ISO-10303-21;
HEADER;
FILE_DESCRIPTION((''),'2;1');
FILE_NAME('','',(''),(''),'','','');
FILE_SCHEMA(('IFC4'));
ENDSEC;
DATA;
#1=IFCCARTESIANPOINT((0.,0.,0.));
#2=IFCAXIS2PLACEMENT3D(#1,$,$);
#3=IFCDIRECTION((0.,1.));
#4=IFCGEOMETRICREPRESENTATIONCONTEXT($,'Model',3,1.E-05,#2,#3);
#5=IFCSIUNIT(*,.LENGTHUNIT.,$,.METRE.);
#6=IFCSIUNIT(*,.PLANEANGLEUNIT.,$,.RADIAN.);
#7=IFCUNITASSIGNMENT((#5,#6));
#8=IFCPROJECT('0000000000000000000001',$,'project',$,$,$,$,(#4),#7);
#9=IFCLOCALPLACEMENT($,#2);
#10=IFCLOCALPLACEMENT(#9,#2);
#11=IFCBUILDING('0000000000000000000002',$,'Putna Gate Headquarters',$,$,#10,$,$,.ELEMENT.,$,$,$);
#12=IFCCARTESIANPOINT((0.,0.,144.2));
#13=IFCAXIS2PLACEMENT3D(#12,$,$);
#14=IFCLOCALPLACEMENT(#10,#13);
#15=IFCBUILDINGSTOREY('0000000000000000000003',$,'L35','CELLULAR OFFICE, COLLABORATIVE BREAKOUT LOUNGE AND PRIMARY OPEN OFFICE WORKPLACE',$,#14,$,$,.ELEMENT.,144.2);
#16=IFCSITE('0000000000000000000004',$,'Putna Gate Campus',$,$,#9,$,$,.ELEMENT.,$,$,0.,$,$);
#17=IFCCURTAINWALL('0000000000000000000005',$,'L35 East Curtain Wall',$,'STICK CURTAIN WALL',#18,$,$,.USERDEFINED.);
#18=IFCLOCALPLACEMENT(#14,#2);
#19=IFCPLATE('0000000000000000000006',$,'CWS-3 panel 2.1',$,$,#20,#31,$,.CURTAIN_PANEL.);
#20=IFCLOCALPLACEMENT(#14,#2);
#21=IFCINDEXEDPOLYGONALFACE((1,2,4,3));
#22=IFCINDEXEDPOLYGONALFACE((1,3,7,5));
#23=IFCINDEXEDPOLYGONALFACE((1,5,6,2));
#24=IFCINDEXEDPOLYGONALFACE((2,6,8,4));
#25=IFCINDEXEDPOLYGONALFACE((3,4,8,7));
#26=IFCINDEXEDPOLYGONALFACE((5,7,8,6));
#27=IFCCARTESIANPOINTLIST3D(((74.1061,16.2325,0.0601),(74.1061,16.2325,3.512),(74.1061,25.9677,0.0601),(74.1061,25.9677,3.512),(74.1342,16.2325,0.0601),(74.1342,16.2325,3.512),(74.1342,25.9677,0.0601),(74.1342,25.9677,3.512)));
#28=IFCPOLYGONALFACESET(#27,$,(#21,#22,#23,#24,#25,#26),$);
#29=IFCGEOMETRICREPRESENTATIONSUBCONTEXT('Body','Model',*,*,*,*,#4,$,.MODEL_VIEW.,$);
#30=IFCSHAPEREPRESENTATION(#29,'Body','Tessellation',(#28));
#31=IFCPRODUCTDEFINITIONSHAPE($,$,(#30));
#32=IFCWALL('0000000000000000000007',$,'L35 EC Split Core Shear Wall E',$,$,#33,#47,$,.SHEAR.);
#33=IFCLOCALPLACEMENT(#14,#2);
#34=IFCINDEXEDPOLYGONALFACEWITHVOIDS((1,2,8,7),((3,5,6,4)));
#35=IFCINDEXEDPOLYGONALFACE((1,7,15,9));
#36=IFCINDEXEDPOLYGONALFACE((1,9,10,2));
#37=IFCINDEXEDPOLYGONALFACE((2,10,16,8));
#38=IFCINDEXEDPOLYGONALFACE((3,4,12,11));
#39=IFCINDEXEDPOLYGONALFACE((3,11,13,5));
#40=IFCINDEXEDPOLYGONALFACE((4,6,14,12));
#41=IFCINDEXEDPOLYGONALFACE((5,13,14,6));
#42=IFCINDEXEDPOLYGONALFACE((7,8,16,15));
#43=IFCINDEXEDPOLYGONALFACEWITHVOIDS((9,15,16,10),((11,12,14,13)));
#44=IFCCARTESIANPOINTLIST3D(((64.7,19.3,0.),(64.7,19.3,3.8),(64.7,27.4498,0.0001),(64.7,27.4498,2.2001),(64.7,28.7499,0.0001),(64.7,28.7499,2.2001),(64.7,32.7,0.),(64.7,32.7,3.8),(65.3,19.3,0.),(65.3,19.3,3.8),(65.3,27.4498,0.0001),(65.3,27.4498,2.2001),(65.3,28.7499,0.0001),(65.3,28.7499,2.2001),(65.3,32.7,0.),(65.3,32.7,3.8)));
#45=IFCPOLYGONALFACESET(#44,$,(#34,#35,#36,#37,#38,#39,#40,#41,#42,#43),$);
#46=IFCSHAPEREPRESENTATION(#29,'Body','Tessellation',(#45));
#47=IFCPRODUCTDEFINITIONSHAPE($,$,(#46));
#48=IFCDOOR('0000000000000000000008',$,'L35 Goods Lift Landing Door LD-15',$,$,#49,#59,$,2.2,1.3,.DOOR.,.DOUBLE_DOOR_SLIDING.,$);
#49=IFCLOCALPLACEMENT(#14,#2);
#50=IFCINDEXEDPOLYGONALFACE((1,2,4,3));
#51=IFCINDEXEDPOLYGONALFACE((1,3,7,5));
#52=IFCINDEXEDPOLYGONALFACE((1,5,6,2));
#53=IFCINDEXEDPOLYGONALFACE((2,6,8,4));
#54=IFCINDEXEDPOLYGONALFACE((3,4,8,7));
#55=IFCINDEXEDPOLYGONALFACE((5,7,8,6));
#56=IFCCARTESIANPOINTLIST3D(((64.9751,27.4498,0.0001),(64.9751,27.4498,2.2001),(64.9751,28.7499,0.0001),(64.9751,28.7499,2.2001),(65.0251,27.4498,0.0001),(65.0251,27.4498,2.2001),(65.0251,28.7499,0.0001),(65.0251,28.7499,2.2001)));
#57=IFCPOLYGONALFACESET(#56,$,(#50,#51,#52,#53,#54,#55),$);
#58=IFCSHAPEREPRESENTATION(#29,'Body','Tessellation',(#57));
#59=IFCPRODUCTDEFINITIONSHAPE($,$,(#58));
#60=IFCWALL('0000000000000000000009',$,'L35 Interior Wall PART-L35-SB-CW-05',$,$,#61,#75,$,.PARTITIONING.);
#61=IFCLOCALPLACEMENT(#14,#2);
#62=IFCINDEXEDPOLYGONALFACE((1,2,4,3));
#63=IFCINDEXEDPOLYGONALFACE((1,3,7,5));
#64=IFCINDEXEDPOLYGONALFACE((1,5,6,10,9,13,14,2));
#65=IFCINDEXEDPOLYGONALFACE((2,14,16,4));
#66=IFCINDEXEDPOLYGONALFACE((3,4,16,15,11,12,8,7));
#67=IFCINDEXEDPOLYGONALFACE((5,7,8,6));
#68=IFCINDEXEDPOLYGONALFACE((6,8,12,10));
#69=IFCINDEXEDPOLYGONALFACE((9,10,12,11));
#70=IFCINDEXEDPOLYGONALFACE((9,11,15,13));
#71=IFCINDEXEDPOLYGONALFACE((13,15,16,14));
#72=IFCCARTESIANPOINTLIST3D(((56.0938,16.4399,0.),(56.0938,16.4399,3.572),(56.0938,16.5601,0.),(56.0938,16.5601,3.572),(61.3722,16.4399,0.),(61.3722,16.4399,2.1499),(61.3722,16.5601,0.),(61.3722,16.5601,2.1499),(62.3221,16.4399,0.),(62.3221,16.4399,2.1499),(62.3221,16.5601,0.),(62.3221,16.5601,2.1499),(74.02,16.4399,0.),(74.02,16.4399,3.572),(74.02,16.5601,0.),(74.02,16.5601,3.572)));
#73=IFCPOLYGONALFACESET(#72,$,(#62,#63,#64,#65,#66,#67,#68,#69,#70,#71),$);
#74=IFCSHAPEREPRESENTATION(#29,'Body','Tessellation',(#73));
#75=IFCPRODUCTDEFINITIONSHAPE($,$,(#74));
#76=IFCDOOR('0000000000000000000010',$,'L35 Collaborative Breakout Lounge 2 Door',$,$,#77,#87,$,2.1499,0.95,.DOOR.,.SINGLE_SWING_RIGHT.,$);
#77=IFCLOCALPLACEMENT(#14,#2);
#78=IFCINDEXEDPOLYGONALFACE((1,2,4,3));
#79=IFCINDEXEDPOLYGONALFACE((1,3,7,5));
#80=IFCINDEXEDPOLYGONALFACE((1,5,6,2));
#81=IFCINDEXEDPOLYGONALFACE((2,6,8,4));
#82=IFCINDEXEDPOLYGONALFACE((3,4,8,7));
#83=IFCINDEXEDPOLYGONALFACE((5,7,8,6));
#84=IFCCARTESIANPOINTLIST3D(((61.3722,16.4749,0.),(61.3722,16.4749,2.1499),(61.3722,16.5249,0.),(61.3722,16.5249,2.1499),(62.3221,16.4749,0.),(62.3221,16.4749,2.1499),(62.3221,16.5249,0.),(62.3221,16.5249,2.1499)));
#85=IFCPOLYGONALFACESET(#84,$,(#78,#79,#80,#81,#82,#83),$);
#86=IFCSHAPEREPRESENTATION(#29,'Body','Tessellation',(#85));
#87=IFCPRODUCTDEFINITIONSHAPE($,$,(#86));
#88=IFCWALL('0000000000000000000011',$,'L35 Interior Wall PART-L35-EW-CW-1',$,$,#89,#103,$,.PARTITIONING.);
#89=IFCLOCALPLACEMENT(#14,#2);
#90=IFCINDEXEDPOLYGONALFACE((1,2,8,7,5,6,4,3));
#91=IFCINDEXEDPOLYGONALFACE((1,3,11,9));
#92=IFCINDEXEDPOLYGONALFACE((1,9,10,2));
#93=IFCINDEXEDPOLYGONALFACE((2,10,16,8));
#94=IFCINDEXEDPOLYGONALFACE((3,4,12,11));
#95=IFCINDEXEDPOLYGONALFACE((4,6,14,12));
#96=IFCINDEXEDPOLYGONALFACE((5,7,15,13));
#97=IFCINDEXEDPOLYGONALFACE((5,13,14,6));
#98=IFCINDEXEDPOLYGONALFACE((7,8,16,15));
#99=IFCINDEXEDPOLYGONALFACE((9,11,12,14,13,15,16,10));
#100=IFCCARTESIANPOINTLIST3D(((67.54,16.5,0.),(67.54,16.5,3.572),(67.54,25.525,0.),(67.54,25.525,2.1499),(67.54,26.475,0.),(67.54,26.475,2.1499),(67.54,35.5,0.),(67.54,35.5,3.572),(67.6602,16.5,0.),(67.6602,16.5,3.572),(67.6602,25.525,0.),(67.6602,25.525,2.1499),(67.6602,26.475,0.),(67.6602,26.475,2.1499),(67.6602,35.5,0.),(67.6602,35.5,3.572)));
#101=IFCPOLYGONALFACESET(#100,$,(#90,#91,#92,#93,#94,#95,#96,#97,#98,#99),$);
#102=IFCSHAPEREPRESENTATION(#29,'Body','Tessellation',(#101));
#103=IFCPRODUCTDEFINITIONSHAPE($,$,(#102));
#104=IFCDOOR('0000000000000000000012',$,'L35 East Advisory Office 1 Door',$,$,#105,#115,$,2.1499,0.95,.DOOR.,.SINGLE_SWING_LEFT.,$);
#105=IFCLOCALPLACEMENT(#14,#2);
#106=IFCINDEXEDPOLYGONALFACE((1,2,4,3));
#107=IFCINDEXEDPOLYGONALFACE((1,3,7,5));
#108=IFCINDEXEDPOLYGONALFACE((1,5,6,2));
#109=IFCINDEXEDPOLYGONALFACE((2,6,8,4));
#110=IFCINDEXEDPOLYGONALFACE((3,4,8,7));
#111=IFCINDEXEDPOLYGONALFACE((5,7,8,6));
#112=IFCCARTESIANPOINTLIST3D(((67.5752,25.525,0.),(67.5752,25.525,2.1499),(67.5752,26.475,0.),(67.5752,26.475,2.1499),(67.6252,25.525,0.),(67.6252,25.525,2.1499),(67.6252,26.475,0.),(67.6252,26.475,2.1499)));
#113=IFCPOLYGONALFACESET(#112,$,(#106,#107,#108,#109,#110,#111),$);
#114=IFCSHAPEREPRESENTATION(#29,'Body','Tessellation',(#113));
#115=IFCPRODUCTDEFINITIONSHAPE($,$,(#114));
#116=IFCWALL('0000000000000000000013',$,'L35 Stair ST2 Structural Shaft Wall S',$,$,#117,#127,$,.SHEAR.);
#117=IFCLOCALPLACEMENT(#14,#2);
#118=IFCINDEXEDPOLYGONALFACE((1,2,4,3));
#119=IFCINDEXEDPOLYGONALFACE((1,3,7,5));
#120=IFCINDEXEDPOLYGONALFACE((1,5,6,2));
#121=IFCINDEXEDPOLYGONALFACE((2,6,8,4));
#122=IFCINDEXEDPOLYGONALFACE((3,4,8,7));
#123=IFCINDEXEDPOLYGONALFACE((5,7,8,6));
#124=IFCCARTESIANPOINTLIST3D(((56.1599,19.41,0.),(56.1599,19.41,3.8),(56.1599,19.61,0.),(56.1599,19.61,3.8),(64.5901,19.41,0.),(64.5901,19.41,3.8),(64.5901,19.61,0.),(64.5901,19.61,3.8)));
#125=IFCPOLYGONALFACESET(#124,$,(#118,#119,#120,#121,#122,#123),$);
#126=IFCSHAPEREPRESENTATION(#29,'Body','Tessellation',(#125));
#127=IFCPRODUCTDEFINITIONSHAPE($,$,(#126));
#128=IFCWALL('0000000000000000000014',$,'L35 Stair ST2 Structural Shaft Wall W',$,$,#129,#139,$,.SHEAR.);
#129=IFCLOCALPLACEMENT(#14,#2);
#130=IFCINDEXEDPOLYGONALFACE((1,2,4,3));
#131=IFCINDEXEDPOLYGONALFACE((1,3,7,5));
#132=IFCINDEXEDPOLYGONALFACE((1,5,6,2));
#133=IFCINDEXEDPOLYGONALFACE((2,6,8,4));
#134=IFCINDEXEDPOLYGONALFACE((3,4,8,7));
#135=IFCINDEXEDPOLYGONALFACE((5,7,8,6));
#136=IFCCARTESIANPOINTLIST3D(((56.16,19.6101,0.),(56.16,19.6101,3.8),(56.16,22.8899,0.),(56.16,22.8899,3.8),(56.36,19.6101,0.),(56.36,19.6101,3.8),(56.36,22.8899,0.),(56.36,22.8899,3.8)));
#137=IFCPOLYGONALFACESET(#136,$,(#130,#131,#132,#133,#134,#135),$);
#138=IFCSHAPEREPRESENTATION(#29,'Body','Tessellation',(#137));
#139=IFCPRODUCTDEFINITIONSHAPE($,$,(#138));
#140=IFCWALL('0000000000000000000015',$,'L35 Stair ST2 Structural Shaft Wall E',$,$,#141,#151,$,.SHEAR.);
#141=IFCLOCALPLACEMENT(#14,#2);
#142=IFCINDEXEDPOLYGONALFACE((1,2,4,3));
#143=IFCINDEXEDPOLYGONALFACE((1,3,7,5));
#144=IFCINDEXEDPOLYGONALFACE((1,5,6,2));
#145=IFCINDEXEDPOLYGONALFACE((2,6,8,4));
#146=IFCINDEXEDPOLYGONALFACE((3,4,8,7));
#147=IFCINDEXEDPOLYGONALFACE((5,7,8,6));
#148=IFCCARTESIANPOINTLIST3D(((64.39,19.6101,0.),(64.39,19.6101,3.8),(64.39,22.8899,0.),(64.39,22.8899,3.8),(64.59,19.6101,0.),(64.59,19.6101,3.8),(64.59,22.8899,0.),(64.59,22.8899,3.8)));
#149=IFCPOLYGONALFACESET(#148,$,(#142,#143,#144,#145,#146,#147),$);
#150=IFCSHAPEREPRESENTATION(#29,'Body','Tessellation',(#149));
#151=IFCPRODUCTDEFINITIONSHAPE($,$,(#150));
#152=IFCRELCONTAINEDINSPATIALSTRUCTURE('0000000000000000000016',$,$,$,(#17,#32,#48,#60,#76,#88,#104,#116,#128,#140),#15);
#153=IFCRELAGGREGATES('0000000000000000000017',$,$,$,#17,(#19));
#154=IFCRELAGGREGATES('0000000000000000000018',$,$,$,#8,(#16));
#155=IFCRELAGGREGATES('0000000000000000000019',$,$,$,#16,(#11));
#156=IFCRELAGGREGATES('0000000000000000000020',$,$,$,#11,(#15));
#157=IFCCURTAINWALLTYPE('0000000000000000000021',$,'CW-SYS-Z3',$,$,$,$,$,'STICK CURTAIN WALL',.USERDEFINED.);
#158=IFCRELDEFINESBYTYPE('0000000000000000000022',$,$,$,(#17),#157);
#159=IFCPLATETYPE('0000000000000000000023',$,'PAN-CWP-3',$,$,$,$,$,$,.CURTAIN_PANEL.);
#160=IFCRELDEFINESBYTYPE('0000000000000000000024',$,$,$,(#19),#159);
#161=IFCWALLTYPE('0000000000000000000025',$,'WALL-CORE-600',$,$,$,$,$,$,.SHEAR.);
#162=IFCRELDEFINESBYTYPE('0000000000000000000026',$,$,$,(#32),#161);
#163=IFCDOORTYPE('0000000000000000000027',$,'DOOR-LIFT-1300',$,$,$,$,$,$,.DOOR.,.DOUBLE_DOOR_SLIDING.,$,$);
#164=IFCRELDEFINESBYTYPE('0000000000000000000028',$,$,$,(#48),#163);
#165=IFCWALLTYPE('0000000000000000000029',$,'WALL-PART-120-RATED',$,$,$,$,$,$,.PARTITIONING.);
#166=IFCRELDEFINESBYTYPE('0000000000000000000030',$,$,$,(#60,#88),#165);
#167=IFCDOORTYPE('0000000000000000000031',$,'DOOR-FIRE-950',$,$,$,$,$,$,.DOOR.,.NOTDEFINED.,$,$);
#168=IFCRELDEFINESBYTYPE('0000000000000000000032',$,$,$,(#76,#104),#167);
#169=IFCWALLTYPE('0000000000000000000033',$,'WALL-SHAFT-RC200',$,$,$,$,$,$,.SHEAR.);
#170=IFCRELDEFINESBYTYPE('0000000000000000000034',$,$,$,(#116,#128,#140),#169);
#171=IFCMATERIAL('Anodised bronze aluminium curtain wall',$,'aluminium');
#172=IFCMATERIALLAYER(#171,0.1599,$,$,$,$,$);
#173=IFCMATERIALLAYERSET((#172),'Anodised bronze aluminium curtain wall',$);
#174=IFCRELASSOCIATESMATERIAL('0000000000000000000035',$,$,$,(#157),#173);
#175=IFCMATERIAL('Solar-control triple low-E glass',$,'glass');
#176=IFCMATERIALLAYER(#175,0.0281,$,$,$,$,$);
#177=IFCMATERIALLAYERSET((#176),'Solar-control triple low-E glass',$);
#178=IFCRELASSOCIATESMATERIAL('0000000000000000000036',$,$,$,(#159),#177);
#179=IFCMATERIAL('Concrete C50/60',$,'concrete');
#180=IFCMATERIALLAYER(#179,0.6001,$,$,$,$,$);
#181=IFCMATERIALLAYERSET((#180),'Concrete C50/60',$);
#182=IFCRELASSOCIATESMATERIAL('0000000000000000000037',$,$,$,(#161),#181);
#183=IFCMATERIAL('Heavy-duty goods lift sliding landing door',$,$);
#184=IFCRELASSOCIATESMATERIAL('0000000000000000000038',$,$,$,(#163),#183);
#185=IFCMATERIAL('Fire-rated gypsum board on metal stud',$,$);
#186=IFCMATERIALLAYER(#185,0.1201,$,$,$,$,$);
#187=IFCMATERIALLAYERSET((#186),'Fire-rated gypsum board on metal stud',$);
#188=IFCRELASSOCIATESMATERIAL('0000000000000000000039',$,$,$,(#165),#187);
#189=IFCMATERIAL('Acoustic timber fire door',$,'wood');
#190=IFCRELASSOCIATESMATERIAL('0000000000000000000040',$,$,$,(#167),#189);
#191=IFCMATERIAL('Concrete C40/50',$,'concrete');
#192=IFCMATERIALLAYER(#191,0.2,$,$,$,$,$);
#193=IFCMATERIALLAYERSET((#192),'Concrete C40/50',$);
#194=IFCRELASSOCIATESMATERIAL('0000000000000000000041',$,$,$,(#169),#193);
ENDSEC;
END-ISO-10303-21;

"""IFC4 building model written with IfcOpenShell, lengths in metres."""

from ifc_helpers import new_model, si_unit, direction, frame, frame_2d, origin, origin_2d, place, context, subcontext, project, spatial, rectangle, extrude, material, layer, layer_set, type_object, element, fill, aggregate, save


model = new_model("IFC4")

# Units and contexts
model_context = context("Model", 3, precision=1e-05, world=origin(), true_north=direction((0.0, 1.0)))
body_context = subcontext(model_context, "Body", "Model", "MODEL_VIEW")
ifc_project = project(units=[si_unit("LENGTHUNIT", "METRE"), si_unit("PLANEANGLEUNIT", "RADIAN")], contexts=[model_context])

# Site, building, storey
site_placement = place(None, origin())
site = spatial("IfcSite", under=ifc_project, at=site_placement, Name="Putna Gate Campus", CompositionType="ELEMENT", RefElevation=0.0)
building_placement = place(site_placement, origin())
building = spatial("IfcBuilding", under=site, at=building_placement, Name="Putna Gate Headquarters", CompositionType="ELEMENT")
storey_placement = place(building_placement, frame((0.0, 0.0, 144.2)))
storey = spatial("IfcBuildingStorey", under=building, at=storey_placement, Name="L35", Description="CELLULAR OFFICE, COLLABORATIVE BREAKOUT LOUNGE AND PRIMARY OPEN OFFICE WORKPLACE", CompositionType="ELEMENT", Elevation=144.2)

# Shared definitions
ifc_material_1 = material(Name="Concrete C50/60", Category="concrete")

# Curtain wall, plate
ifc_material_2 = material(Name="Anodised bronze aluminium curtain wall", Category="aluminium")
ifc_layer_1 = layer(ifc_material_2, 0.1599)
ifc_layer_set_1 = layer_set([ifc_layer_1], Name="Anodised bronze aluminium curtain wall")
curtain_wall_type = type_object("IfcCurtainWallType", Name="CW-SYS-Z3", ElementType="STICK CURTAIN WALL", PredefinedType="USERDEFINED", material=ifc_layer_set_1)
curtain_wall_placement = place(storey_placement, origin())
curtain_wall = element("IfcCurtainWall", 1, at=curtain_wall_placement, inside=storey, type_object=curtain_wall_type, Name="L35 East Curtain Wall", ObjectType="STICK CURTAIN WALL", PredefinedType="USERDEFINED")
ifc_material_3 = material(Name="Solar-control triple low-E glass", Category="glass")
ifc_layer_2 = layer(ifc_material_3, 0.0281)
ifc_layer_set_2 = layer_set([ifc_layer_2], Name="Solar-control triple low-E glass")
plate_type = type_object("IfcPlateType", Name="PAN-CWP-3", PredefinedType="CURTAIN_PANEL", material=ifc_layer_set_2)
plate_placement = place(storey_placement, frame((74.1201, 21.1001, 0.0601), z_axis=(0.0, 0.0, 1.0), x_axis=(0.0, 1.0, 0.0)))
plate = element("IfcPlate", 2, at=plate_placement, type_object=plate_type, Name="CWS-3 panel 2.1", PredefinedType="CURTAIN_PANEL", context=body_context, shape_type="SweptSolid", body=[
    extrude(rectangle(XDim=9.7351, YDim=0.0281, at=origin_2d()), origin(), (0.0, 0.0, 1.0), 3.4519),
])
aggregate(curtain_wall, [plate])

# Walls, openings, doors
ifc_layer_3 = layer(ifc_material_1, 0.6001)
ifc_layer_set_3 = layer_set([ifc_layer_3], Name="Concrete C50/60")
wall_type_1 = type_object("IfcWallType", Name="WALL-CORE-600", PredefinedType="SHEAR", material=ifc_layer_set_3)
wall_1_placement = place(storey_placement, frame((65.0, 19.3, 0.0), z_axis=(0.0, 0.0, 1.0), x_axis=(0.0, 1.0, 0.0)))
wall_1 = element("IfcWall", 3, at=wall_1_placement, inside=storey, type_object=wall_type_1, Name="L35 EC Split Core Shear Wall E", PredefinedType="SHEAR", context=body_context, shape_type="SweptSolid", body=[
    extrude(rectangle(XDim=13.3999, YDim=0.6001, at=frame_2d((6.7, 0.0))), origin(), (0.0, 0.0, 1.0), 3.8),
])
opening_1_placement = place(wall_1_placement, frame((8.1499, 0.0, 0.0)))
opening_1 = element("IfcOpeningElement", 4, at=opening_1_placement, cuts=wall_1, PredefinedType="OPENING", context=body_context, shape_type="SweptSolid", body=[
    extrude(rectangle(XDim=1.3, YDim=2.2, at=frame_2d((0.6499, 1.1001))), frame((0.0, 0.3101, 0.0), z_axis=(0.0, -1.0, 0.0), x_axis=(1.0, 0.0, 0.0)), (0.0, 0.0, 1.0), 0.6201),
])
ifc_material_4 = material(Name="Heavy-duty goods lift sliding landing door")
door_type_1 = type_object("IfcDoorType", Name="DOOR-LIFT-1300", OperationType="DOUBLE_DOOR_SLIDING", PredefinedType="DOOR", material=ifc_material_4)
door_1_placement = place(opening_1_placement, origin())
door_1 = element("IfcDoor", 5, at=door_1_placement, inside=storey, type_object=door_type_1, Name="L35 Goods Lift Landing Door LD-15", OperationType="DOUBLE_DOOR_SLIDING", OverallHeight=2.2, OverallWidth=1.3, PredefinedType="DOOR", context=body_context, shape_type="SweptSolid", body=[
    extrude(rectangle(XDim=1.3, YDim=2.2, at=frame_2d((0.6499, 1.1001))), frame((0.0, 0.0249, 0.0), z_axis=(0.0, -1.0, 0.0), x_axis=(1.0, 0.0, 0.0)), (0.0, 0.0, 1.0), 0.05),
])
fill(opening_1, door_1)
ifc_material_5 = material(Name="Fire-rated gypsum board on metal stud")
ifc_layer_4 = layer(ifc_material_5, 0.1201)
ifc_layer_set_4 = layer_set([ifc_layer_4], Name="Fire-rated gypsum board on metal stud")
wall_type_2 = type_object("IfcWallType", Name="WALL-PART-120-RATED", PredefinedType="PARTITIONING", material=ifc_layer_set_4)
wall_2_placement = place(storey_placement, frame((56.0938, 16.5, 0.0), z_axis=(0.0, 0.0, 1.0), x_axis=(1.0, 0.0, 0.0)))
wall_2 = element("IfcWall", 6, at=wall_2_placement, inside=storey, type_object=wall_type_2, Name="L35 Interior Wall PART-L35-SB-CW-05", PredefinedType="PARTITIONING", context=body_context, shape_type="SweptSolid", body=[
    extrude(rectangle(XDim=17.9263, YDim=0.1201, at=frame_2d((8.9631, 0.0))), origin(), (0.0, 0.0, 1.0), 3.572),
])
opening_2_placement = place(wall_2_placement, frame((5.2783, 0.0, 0.0)))
opening_2 = element("IfcOpeningElement", 7, at=opening_2_placement, cuts=wall_2, PredefinedType="OPENING", context=body_context, shape_type="SweptSolid", body=[
    extrude(rectangle(XDim=0.95, YDim=2.1499, at=frame_2d((0.4751, 1.075))), frame((0.0, 0.0701, 0.0), z_axis=(0.0, -1.0, 0.0), x_axis=(1.0, 0.0, 0.0)), (0.0, 0.0, 1.0), 0.1401),
])
ifc_material_6 = material(Name="Acoustic timber fire door", Category="wood")
door_type_2 = type_object("IfcDoorType", Name="DOOR-FIRE-950", OperationType="NOTDEFINED", PredefinedType="DOOR", material=ifc_material_6)
door_2_placement = place(opening_2_placement, origin())
door_2 = element("IfcDoor", 8, at=door_2_placement, inside=storey, type_object=door_type_2, Name="L35 Collaborative Breakout Lounge 2 Door", OperationType="SINGLE_SWING_RIGHT", OverallHeight=2.1499, OverallWidth=0.95, PredefinedType="DOOR", context=body_context, shape_type="SweptSolid", body=[
    extrude(rectangle(XDim=0.95, YDim=2.1499, at=frame_2d((0.4751, 1.075))), frame((0.0, 0.0249, 0.0), z_axis=(0.0, -1.0, 0.0), x_axis=(1.0, 0.0, 0.0)), (0.0, 0.0, 1.0), 0.05),
])
fill(opening_2, door_2)
wall_3_placement = place(storey_placement, frame((67.6001, 16.5, 0.0), z_axis=(0.0, 0.0, 1.0), x_axis=(0.0, 1.0, 0.0)))
wall_3 = element("IfcWall", 9, at=wall_3_placement, inside=storey, type_object=wall_type_2, Name="L35 Interior Wall PART-L35-EW-CW-1", PredefinedType="PARTITIONING", context=body_context, shape_type="SweptSolid", body=[
    extrude(rectangle(XDim=19.0, YDim=0.1201, at=frame_2d((9.5, 0.0))), origin(), (0.0, 0.0, 1.0), 3.572),
])
opening_3_placement = place(wall_3_placement, frame((9.0249, 0.0, 0.0)))
opening_3 = element("IfcOpeningElement", 10, at=opening_3_placement, cuts=wall_3, PredefinedType="OPENING", context=body_context, shape_type="SweptSolid", body=[
    extrude(rectangle(XDim=0.95, YDim=2.1499, at=frame_2d((0.4751, 1.075))), frame((0.0, 0.0701, 0.0), z_axis=(0.0, -1.0, 0.0), x_axis=(1.0, 0.0, 0.0)), (0.0, 0.0, 1.0), 0.1401),
])
door_3_placement = place(opening_3_placement, origin())
door_3 = element("IfcDoor", 11, at=door_3_placement, inside=storey, type_object=door_type_2, Name="L35 East Advisory Office 1 Door", OperationType="SINGLE_SWING_LEFT", OverallHeight=2.1499, OverallWidth=0.95, PredefinedType="DOOR", context=body_context, shape_type="SweptSolid", body=[
    extrude(rectangle(XDim=0.95, YDim=2.1499, at=frame_2d((0.4751, 1.075))), frame((0.0, 0.0249, 0.0), z_axis=(0.0, -1.0, 0.0), x_axis=(1.0, 0.0, 0.0)), (0.0, 0.0, 1.0), 0.05),
])
fill(opening_3, door_3)

# Walls
ifc_material_7 = material(Name="Concrete C40/50", Category="concrete")
ifc_layer_5 = layer(ifc_material_7, 0.2)
ifc_layer_set_5 = layer_set([ifc_layer_5], Name="Concrete C40/50")
wall_type_3 = type_object("IfcWallType", Name="WALL-SHAFT-RC200", PredefinedType="SHEAR", material=ifc_layer_set_5)
wall_4_placement = place(storey_placement, frame((56.1599, 19.51, 0.0), z_axis=(0.0, 0.0, 1.0), x_axis=(1.0, 0.0, 0.0)))
element("IfcWall", 12, at=wall_4_placement, inside=storey, type_object=wall_type_3, Name="L35 Stair ST2 Structural Shaft Wall S", PredefinedType="SHEAR", context=body_context, shape_type="SweptSolid", body=[
    extrude(rectangle(XDim=8.4302, YDim=0.2, at=frame_2d((4.2151, 0.0))), origin(), (0.0, 0.0, 1.0), 3.8),
])
for number, where, z_axis, x_axis, name in (
    (13, (56.26, 19.6101, 0.0), (0.0, 0.0, 1.0), (0.0, 1.0, 0.0), "L35 Stair ST2 Structural Shaft Wall W"),
    (14, (64.49, 19.6101, 0.0), (0.0, 0.0, 1.0), (0.0, 1.0, 0.0), "L35 Stair ST2 Structural Shaft Wall E"),
):
    element("IfcWall", number, at=place(storey_placement, frame(where, z_axis=z_axis, x_axis=x_axis)), inside=storey, type_object=wall_type_3, Name=name, PredefinedType="SHEAR", context=body_context, shape_type="SweptSolid", body=[
        extrude(rectangle(XDim=3.2798, YDim=0.2, at=frame_2d((1.6399, 0.0))), origin(), (0.0, 0.0, 1.0), 3.8),
    ])

save(model, "model.ifc")
